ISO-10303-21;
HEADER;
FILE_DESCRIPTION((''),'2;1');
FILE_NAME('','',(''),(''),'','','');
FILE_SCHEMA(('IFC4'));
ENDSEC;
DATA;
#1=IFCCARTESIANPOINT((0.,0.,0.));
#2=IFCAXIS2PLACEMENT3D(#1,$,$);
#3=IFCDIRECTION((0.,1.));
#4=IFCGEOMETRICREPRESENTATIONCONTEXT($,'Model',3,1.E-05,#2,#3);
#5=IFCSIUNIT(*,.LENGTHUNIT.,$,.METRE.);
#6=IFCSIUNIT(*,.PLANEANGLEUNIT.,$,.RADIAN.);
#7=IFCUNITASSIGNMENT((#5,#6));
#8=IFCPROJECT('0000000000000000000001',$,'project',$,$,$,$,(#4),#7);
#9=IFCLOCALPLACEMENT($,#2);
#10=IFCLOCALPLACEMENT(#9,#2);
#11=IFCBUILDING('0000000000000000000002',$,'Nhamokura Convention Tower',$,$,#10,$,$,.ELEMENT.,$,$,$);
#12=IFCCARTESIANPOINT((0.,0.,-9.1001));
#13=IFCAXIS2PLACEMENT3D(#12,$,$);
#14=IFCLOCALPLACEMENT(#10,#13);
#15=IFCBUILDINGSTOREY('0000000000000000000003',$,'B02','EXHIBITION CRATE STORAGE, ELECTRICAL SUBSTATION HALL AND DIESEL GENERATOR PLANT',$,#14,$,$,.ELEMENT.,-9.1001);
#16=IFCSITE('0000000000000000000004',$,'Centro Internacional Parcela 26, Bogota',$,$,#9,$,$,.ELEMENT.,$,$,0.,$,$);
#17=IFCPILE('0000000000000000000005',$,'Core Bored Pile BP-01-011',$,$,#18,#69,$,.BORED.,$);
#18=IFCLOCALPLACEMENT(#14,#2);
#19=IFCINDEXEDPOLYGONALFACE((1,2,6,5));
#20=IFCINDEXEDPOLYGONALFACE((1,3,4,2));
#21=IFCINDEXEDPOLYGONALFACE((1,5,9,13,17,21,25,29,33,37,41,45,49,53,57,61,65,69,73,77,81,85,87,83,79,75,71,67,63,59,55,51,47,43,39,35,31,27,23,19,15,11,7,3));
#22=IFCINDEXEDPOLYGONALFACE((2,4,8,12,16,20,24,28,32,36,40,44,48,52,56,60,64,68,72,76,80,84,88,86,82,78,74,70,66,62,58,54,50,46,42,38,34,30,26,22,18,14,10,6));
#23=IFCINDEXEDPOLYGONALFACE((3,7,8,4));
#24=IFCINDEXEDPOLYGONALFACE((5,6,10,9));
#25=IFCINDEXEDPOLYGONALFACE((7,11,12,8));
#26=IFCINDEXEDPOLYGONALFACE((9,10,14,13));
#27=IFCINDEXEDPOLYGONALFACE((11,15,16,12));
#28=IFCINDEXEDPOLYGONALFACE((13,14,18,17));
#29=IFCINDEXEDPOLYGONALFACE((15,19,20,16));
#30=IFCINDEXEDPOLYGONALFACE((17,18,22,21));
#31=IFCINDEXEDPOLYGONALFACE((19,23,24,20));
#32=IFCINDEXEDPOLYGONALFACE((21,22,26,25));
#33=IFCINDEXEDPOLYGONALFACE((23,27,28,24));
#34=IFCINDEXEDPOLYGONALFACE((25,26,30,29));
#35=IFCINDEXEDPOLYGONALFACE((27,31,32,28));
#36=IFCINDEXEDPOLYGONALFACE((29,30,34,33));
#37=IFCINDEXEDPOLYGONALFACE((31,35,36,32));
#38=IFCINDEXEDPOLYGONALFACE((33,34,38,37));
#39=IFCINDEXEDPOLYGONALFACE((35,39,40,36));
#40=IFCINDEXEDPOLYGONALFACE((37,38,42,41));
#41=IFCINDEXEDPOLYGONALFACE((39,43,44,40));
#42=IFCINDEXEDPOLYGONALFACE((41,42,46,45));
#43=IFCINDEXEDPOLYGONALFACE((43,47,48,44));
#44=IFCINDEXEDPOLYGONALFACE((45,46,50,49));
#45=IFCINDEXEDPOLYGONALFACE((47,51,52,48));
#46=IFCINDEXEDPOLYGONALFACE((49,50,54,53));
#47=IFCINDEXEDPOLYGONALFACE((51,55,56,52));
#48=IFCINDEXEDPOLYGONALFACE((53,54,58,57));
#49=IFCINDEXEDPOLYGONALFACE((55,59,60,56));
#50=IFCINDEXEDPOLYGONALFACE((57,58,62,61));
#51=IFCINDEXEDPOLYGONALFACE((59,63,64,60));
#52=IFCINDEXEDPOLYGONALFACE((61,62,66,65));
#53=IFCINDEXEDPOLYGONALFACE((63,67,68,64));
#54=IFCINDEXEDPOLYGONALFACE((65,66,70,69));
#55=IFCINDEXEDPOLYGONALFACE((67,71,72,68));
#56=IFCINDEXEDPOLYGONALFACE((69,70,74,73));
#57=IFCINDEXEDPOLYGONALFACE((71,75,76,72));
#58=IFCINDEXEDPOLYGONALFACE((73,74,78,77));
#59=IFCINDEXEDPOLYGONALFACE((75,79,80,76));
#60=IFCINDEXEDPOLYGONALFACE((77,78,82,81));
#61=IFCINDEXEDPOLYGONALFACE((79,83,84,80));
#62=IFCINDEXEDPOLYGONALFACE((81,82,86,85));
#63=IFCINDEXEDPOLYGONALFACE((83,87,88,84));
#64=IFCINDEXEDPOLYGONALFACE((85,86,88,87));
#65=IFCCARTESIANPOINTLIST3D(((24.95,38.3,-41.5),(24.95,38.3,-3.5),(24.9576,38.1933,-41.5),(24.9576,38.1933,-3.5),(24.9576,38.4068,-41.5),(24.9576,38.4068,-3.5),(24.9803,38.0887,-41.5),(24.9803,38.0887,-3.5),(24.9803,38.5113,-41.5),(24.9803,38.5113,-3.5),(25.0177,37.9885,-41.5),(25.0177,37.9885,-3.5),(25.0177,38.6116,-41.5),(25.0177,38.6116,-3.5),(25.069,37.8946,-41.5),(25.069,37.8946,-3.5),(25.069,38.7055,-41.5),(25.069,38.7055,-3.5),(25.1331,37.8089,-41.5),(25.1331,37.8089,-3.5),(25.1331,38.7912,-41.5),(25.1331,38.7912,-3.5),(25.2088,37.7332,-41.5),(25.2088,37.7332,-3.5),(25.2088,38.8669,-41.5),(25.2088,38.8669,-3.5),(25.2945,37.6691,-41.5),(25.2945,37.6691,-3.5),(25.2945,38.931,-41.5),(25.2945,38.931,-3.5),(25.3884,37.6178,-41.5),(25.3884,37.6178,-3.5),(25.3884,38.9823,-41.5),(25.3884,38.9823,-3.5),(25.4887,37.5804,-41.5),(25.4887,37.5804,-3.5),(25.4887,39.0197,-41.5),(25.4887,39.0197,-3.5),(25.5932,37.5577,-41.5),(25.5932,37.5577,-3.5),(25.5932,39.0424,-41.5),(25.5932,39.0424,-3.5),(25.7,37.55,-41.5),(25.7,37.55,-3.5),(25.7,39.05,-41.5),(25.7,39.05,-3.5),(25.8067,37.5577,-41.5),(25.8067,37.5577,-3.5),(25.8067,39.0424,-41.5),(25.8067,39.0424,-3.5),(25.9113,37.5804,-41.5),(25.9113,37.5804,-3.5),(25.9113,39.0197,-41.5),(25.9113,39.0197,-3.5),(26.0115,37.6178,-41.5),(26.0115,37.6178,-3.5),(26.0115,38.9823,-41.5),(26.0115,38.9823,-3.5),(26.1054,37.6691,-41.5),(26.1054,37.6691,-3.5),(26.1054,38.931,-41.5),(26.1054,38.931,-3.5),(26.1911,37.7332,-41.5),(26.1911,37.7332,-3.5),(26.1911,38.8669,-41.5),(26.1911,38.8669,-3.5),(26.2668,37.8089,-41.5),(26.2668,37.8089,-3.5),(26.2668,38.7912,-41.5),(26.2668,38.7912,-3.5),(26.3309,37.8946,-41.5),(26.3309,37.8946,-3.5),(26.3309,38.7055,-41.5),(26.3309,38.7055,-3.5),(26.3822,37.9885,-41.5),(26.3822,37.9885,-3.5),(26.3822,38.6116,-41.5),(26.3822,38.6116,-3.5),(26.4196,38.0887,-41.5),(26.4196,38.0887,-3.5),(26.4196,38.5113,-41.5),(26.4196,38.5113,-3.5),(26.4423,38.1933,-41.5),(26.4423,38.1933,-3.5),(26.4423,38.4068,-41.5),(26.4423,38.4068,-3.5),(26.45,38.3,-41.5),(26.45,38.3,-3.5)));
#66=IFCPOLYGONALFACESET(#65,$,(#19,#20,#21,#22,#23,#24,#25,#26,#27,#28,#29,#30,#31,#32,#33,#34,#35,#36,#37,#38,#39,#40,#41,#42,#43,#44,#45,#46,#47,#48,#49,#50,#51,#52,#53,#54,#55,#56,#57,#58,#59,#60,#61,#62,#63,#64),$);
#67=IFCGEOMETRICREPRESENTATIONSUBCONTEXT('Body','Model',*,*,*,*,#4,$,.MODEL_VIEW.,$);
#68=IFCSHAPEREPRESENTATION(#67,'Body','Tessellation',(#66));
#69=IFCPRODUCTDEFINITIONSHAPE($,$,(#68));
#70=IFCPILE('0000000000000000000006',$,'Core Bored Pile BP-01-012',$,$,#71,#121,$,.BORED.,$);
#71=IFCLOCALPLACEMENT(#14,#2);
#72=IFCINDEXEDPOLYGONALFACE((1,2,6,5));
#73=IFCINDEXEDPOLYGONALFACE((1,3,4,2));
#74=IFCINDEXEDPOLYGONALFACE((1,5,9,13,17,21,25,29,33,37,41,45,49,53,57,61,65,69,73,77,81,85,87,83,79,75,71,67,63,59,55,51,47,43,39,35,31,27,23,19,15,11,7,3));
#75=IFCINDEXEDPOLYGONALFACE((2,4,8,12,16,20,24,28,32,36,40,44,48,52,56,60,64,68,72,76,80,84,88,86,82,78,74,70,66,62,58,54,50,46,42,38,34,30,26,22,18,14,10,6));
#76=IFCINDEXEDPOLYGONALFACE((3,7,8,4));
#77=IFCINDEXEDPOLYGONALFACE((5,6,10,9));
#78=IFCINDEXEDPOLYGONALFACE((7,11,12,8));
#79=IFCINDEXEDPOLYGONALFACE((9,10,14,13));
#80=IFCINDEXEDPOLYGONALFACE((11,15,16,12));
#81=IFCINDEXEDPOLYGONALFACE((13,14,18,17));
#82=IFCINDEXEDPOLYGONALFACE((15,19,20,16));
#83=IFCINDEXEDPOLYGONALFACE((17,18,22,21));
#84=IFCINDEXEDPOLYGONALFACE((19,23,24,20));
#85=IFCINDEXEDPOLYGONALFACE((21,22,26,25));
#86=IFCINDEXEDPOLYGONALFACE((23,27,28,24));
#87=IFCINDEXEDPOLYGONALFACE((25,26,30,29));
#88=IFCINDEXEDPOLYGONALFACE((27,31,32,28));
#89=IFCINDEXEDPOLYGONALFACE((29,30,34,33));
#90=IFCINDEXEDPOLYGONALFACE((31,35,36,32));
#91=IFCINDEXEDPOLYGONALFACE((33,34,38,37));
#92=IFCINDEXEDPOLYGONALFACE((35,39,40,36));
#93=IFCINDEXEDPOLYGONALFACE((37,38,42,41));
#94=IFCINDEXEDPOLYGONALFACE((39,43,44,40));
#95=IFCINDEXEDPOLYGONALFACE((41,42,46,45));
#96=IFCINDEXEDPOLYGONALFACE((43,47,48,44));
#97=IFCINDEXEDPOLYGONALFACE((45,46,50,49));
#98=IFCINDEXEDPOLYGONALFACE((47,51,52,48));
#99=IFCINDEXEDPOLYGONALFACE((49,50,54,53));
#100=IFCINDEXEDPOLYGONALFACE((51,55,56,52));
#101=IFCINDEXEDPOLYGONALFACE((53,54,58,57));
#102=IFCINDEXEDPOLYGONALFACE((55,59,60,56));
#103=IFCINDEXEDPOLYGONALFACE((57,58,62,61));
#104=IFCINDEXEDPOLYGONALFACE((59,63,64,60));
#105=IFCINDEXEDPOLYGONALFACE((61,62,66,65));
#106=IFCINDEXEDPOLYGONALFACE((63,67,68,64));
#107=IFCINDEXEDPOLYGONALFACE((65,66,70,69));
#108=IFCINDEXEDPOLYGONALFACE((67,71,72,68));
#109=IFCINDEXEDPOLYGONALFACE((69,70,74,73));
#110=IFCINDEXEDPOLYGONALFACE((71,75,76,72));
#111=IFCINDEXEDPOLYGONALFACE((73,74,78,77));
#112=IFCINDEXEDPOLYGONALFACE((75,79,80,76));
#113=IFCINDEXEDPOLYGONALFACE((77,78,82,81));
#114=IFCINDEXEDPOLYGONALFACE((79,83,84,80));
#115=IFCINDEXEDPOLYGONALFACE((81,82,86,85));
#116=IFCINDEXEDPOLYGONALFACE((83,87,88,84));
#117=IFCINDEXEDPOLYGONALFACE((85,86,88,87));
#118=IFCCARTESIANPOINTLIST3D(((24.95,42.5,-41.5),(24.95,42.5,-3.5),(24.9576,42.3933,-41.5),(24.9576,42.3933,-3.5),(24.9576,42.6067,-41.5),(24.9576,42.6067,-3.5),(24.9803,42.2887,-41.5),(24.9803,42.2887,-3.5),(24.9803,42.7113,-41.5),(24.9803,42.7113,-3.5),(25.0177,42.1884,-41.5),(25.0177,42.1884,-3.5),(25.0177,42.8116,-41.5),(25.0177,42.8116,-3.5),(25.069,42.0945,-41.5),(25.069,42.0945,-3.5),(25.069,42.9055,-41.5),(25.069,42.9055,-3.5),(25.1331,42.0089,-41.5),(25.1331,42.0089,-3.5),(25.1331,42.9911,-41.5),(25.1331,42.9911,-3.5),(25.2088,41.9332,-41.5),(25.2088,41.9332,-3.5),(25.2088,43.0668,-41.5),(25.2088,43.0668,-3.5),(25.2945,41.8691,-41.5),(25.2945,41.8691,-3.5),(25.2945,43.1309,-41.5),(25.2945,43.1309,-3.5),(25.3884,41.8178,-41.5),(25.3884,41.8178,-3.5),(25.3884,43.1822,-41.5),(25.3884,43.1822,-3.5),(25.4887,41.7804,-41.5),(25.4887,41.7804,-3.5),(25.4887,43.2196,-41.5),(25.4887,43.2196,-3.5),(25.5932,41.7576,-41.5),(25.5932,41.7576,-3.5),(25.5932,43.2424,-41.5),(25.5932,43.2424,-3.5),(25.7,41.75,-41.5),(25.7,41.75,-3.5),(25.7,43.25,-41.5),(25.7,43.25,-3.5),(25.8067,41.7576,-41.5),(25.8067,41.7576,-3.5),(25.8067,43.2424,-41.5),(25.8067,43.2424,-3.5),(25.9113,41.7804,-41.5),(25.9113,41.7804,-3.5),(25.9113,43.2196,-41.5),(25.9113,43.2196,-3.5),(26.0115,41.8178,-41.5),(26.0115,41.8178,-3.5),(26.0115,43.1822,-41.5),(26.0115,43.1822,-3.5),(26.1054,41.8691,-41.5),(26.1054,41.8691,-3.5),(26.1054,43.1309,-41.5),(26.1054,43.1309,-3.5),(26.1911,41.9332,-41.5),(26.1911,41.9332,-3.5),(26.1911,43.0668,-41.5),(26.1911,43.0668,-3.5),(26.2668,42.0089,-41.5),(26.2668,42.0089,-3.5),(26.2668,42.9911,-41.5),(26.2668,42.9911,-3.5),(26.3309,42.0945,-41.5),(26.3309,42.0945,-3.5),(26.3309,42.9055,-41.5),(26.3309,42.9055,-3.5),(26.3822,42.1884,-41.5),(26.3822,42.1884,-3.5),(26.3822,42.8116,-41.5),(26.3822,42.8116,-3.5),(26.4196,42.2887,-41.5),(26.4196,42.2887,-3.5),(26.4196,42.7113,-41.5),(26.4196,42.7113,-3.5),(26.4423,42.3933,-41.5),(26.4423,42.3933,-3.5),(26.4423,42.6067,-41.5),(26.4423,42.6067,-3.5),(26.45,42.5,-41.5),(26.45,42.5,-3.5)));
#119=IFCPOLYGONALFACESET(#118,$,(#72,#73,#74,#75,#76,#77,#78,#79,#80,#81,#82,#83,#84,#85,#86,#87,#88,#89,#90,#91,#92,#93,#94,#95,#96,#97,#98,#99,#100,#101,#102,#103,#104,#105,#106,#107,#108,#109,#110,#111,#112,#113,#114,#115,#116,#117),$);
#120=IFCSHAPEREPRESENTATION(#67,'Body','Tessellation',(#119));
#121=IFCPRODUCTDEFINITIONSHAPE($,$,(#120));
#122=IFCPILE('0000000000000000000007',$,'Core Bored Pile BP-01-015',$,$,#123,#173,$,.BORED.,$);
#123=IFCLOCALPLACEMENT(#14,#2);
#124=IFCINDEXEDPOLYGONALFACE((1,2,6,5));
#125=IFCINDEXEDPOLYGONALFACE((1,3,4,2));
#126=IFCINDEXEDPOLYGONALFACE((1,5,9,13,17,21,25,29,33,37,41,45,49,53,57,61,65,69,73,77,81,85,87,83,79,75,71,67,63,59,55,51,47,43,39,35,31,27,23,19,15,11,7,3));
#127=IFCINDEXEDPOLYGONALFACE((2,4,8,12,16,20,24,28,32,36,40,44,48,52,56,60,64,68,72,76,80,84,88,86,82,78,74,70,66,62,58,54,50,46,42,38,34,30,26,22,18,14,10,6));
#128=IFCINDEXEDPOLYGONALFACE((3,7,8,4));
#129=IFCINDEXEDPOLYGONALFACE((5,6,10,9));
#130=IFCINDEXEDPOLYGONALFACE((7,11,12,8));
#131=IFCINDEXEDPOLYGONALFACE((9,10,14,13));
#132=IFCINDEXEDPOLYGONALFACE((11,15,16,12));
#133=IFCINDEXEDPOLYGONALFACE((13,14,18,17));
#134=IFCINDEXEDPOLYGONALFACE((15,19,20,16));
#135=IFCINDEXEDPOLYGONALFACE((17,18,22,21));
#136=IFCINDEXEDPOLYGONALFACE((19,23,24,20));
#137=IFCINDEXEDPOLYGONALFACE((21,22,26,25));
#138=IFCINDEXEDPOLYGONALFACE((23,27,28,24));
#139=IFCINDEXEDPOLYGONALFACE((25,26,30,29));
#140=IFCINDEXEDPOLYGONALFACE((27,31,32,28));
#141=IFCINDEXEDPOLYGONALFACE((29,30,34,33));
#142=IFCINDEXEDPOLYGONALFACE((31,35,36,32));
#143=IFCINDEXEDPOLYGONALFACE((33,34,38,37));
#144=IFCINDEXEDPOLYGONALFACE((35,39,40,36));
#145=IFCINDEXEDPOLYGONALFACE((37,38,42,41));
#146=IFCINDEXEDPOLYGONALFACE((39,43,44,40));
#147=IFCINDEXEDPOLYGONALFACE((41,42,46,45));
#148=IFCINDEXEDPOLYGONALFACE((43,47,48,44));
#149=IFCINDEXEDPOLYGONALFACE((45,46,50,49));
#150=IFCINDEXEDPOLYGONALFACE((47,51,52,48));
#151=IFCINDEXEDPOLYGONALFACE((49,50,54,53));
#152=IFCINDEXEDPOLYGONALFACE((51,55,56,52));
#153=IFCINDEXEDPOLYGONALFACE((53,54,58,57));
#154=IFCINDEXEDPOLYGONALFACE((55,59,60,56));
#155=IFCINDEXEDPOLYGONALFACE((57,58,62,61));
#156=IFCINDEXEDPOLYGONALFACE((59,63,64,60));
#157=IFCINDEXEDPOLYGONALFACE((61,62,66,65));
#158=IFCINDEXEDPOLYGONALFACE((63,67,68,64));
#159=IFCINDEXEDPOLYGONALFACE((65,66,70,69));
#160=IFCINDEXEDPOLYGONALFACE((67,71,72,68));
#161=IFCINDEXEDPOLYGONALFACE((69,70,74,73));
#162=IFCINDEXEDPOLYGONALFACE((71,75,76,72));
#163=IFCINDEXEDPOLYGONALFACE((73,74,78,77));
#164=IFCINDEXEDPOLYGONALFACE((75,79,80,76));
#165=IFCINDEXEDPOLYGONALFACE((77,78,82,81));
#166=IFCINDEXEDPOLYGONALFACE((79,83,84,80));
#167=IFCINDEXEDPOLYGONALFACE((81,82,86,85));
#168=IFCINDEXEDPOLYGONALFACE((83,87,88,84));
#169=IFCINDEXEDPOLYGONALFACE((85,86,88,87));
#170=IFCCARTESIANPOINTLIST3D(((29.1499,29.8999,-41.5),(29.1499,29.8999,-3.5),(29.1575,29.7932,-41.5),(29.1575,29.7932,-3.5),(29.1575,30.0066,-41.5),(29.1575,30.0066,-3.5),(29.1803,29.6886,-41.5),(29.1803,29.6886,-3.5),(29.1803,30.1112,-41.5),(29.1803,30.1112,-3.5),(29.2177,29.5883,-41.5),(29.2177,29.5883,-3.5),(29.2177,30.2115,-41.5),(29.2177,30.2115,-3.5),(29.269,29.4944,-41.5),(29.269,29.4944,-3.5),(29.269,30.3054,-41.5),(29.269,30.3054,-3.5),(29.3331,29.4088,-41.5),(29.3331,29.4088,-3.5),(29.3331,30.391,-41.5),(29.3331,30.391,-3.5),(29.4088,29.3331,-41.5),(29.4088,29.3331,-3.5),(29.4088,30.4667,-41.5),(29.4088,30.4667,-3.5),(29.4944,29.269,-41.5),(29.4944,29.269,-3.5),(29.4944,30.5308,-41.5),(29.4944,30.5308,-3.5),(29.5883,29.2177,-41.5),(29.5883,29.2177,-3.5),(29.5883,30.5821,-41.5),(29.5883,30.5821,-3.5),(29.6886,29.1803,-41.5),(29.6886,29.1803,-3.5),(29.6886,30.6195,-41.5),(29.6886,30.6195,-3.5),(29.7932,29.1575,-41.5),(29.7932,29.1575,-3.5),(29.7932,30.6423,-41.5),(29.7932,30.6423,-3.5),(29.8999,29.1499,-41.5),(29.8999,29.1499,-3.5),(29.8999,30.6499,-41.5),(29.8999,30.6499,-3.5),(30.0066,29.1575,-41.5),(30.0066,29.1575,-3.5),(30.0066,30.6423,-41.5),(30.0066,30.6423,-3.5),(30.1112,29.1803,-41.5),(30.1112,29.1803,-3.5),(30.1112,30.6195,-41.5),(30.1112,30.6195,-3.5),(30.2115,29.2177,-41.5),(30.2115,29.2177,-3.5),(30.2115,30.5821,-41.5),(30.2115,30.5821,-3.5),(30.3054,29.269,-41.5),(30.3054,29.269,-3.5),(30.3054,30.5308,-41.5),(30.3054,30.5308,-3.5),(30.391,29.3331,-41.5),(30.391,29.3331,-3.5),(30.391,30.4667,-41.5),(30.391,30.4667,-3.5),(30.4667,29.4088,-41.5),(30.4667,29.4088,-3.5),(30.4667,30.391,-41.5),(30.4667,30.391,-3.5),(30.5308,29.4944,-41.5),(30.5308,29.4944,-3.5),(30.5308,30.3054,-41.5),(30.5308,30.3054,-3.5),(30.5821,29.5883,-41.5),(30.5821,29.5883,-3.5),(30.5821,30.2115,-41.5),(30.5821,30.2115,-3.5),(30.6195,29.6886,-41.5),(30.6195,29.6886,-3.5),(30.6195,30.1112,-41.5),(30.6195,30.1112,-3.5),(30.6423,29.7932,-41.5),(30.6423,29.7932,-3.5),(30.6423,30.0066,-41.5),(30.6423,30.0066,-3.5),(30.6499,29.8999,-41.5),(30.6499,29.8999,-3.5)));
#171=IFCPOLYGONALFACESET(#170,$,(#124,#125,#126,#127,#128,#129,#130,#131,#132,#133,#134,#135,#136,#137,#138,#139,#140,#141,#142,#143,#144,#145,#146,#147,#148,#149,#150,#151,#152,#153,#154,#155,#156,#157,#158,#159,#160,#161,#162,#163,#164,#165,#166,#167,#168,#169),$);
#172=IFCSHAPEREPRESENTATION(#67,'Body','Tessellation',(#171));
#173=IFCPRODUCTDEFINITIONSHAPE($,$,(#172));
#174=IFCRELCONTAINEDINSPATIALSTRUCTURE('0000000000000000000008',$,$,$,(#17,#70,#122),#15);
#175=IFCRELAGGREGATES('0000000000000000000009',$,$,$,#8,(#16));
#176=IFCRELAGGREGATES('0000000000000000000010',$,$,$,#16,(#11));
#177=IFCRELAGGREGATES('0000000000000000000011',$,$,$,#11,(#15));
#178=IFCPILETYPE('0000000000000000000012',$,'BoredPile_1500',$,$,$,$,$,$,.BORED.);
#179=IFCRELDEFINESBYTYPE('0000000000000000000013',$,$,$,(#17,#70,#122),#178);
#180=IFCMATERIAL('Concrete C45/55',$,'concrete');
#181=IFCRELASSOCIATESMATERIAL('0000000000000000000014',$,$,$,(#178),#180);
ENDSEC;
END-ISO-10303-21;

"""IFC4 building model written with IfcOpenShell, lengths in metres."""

from ifc_helpers import new_model, si_unit, direction, frame, origin, origin_2d, place, context, subcontext, project, spatial, circle, extrude, material, material_profile, profile_set, type_object, element, save


model = new_model("IFC4")

# Units and contexts
model_context = context("Model", 3, precision=1e-05, world=origin(), true_north=direction((0.0, 1.0)))
body_context = subcontext(model_context, "Body", "Model", "MODEL_VIEW")
ifc_project = project(units=[si_unit("LENGTHUNIT", "METRE"), si_unit("PLANEANGLEUNIT", "RADIAN")], contexts=[model_context])

# Site, building, storey
site_placement = place(None, origin())
site = spatial("IfcSite", under=ifc_project, at=site_placement, Name="Centro Internacional Parcela 26, Bogota", CompositionType="ELEMENT", RefElevation=0.0)
building_placement = place(site_placement, origin())
building = spatial("IfcBuilding", under=site, at=building_placement, Name="Nhamokura Convention Tower", CompositionType="ELEMENT")
storey_placement = place(building_placement, frame((0.0, 0.0, -9.1001)))
storey = spatial("IfcBuildingStorey", under=building, at=storey_placement, Name="B02", Description="EXHIBITION CRATE STORAGE, ELECTRICAL SUBSTATION HALL AND DIESEL GENERATOR PLANT", CompositionType="ELEMENT", Elevation=-9.1001)

# Piles
ifc_material_1 = material(Name="Concrete C45/55", Category="concrete")
ifc_material_profile = material_profile(ifc_material_1, circle(Radius=0.75, at=origin_2d()))
ifc_profile_set = profile_set([ifc_material_profile], Name="Concrete C45/55")
pile_type = type_object("IfcPileType", Name="BoredPile_1500", PredefinedType="BORED", material=ifc_profile_set)
for number, where, z_axis, x_axis, name in (
    (1, (25.7, 38.3, -3.5), (0.0, 0.0, -1.0), (1.0, 0.0, 0.0), "Core Bored Pile BP-01-011"),
    (2, (25.7, 42.5, -3.5), (0.0, 0.0, -1.0), (1.0, 0.0, 0.0), "Core Bored Pile BP-01-012"),
    (3, (29.8999, 29.8999, -3.5), (0.0, 0.0, -1.0), (1.0, 0.0, 0.0), "Core Bored Pile BP-01-015"),
):
    element("IfcPile", number, at=place(storey_placement, frame(where, z_axis=z_axis, x_axis=x_axis)), inside=storey, type_object=pile_type, Name=name, PredefinedType="BORED", context=body_context, shape_type="SweptSolid", body=[
        extrude(circle(Radius=0.75, at=origin_2d()), origin(), (0.0, 0.0, 1.0), 38.0),
    ])

save(model, "model.ifc")
